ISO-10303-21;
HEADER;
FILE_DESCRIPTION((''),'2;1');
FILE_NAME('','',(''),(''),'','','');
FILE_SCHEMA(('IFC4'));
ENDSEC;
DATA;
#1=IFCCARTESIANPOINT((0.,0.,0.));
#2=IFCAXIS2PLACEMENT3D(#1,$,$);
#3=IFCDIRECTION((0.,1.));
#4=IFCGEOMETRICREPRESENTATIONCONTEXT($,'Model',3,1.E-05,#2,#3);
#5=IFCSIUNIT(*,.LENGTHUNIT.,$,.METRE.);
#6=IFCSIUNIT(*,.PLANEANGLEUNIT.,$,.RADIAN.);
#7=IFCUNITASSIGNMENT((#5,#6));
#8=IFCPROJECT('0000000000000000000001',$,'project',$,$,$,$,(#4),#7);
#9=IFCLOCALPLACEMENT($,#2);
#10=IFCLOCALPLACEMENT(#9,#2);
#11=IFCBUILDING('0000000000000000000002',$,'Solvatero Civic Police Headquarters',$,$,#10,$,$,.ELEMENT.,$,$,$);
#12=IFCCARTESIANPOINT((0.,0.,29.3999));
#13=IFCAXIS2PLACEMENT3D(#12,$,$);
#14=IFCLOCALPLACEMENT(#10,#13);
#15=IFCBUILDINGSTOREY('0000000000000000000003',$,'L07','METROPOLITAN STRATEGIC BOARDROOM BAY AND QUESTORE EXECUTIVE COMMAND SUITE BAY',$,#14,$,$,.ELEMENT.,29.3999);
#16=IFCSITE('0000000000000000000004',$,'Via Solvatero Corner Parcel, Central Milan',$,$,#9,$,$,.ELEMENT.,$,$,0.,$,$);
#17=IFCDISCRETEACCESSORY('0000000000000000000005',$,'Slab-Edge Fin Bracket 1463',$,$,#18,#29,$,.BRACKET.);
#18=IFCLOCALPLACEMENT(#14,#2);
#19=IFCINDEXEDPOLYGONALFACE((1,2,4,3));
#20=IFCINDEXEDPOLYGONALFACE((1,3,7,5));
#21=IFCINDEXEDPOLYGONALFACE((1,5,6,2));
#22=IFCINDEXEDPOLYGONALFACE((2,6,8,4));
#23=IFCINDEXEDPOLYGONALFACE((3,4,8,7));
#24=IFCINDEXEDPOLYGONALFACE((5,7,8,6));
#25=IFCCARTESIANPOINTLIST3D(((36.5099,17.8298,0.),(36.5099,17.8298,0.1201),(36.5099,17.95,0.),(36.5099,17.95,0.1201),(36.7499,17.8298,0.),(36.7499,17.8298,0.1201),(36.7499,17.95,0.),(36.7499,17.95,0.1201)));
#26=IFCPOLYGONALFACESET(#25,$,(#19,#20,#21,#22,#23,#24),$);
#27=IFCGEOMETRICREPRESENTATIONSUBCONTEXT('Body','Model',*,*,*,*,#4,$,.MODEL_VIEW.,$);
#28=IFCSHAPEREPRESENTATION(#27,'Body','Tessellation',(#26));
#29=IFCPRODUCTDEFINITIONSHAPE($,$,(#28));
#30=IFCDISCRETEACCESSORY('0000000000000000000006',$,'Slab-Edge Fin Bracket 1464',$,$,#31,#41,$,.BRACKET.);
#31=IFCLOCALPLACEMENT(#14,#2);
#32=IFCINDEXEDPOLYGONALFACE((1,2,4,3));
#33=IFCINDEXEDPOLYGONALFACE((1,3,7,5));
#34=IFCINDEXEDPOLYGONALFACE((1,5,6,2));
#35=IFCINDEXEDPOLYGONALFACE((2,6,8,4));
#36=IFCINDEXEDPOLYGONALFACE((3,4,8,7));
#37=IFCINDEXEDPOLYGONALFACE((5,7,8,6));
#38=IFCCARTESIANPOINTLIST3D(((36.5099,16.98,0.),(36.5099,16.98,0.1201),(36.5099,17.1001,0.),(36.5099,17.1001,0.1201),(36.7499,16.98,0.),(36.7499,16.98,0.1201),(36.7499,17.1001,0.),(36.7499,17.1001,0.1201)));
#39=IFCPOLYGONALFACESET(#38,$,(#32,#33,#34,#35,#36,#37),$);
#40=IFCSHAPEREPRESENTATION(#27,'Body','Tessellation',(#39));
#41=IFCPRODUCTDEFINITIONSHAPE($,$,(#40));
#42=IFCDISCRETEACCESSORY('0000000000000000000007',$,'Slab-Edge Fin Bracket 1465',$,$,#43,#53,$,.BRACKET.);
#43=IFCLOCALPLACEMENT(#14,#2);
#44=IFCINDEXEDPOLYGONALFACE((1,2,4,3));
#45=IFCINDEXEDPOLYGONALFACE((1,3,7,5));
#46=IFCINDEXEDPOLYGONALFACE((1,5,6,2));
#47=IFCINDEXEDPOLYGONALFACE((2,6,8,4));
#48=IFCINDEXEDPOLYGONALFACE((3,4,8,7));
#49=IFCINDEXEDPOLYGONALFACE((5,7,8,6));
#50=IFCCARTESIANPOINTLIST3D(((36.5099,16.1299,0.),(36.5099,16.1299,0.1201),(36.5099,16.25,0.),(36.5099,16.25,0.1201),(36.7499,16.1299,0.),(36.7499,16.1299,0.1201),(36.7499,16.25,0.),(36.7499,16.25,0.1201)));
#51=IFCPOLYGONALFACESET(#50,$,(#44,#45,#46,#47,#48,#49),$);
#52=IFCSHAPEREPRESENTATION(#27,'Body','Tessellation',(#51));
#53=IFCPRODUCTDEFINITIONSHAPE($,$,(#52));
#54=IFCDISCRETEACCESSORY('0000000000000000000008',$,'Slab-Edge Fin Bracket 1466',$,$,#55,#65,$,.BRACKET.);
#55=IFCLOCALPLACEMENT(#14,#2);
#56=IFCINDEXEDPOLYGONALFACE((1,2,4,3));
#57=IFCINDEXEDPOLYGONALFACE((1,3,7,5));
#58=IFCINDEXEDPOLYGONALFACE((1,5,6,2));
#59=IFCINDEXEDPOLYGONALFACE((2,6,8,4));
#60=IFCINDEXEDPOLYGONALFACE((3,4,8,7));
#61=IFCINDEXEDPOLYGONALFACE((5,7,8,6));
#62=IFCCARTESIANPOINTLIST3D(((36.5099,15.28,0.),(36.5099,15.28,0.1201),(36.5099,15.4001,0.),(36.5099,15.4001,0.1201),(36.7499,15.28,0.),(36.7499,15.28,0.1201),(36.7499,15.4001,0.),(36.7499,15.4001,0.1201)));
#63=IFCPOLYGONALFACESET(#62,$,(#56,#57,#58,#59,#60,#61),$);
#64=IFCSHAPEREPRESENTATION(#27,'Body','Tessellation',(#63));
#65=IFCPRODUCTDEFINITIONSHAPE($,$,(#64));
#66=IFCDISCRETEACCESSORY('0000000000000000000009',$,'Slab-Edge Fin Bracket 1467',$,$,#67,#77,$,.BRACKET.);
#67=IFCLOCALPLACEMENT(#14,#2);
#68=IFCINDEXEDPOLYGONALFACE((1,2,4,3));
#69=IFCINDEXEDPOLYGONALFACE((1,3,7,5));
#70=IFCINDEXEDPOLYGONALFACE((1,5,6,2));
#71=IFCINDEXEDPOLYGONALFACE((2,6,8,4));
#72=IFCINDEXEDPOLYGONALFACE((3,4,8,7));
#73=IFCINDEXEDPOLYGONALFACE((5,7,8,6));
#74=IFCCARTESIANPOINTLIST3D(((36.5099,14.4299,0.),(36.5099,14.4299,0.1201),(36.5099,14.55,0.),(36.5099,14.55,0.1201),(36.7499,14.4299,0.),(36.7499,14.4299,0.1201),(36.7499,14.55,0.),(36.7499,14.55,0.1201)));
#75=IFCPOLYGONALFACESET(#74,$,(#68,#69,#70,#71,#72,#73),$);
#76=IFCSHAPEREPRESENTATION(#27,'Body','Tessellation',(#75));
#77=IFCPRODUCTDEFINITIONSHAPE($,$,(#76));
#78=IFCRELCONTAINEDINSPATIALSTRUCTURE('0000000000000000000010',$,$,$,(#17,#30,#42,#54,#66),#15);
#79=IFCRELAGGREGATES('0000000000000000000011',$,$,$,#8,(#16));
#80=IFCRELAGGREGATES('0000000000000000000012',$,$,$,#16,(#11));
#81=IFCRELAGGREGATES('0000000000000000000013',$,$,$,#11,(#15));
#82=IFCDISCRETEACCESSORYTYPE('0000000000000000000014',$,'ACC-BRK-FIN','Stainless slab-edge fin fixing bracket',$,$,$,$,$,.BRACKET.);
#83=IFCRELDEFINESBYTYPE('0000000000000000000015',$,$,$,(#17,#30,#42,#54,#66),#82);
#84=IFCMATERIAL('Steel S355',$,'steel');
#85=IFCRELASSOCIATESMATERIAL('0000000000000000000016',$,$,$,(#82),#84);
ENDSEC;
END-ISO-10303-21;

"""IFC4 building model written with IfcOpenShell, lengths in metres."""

from ifc_helpers import new_model, si_unit, direction, frame, origin, origin_2d, place, context, subcontext, project, spatial, rectangle, extrude, material, type_object, element, save


model = new_model("IFC4")

# Units and contexts
model_context = context("Model", 3, precision=1e-05, world=origin(), true_north=direction((0.0, 1.0)))
body_context = subcontext(model_context, "Body", "Model", "MODEL_VIEW")
ifc_project = project(units=[si_unit("LENGTHUNIT", "METRE"), si_unit("PLANEANGLEUNIT", "RADIAN")], contexts=[model_context])

# Site, building, storey
site_placement = place(None, origin())
site = spatial("IfcSite", under=ifc_project, at=site_placement, Name="Via Solvatero Corner Parcel, Central Milan", CompositionType="ELEMENT", RefElevation=0.0)
building_placement = place(site_placement, origin())
building = spatial("IfcBuilding", under=site, at=building_placement, Name="Solvatero Civic Police Headquarters", CompositionType="ELEMENT")
storey_placement = place(building_placement, frame((0.0, 0.0, 29.3999)))
storey = spatial("IfcBuildingStorey", under=building, at=storey_placement, Name="L07", Description="METROPOLITAN STRATEGIC BOARDROOM BAY AND QUESTORE EXECUTIVE COMMAND SUITE BAY", CompositionType="ELEMENT", Elevation=29.3999)

# Shared definitions
ifc_material_1 = material(Name="Steel S355", Category="steel")

# Discrete accessories
discrete_accessory_type = type_object("IfcDiscreteAccessoryType", Name="ACC-BRK-FIN", Description="Stainless slab-edge fin fixing bracket", PredefinedType="BRACKET", material=ifc_material_1)
for number, where, z_axis, x_axis, name in (
    (1, (36.6299, 17.8899, 0.0), (0.0, 0.0, 1.0), (0.0, -1.0, 0.0), "Slab-Edge Fin Bracket 1463"),
    (2, (36.6299, 17.04, 0.0), (0.0, 0.0, 1.0), (0.0, -1.0, 0.0), "Slab-Edge Fin Bracket 1464"),
    (3, (36.6299, 16.1899, 0.0), (0.0, 0.0, 1.0), (0.0, -1.0, 0.0), "Slab-Edge Fin Bracket 1465"),
    (4, (36.6299, 15.3401, 0.0), (0.0, 0.0, 1.0), (0.0, -1.0, 0.0), "Slab-Edge Fin Bracket 1466"),
    (5, (36.6299, 14.49, 0.0), (0.0, 0.0, 1.0), (0.0, -1.0, 0.0), "Slab-Edge Fin Bracket 1467"),
):
    element("IfcDiscreteAccessory", number, at=place(storey_placement, frame(where, z_axis=z_axis, x_axis=x_axis)), inside=storey, type_object=discrete_accessory_type, Name=name, PredefinedType="BRACKET", context=body_context, shape_type="SweptSolid", body=[
        extrude(rectangle(XDim=0.1201, YDim=0.24, at=origin_2d()), origin(), (0.0, 0.0, 1.0), 0.1201),
    ])

save(model, "model.ifc")
